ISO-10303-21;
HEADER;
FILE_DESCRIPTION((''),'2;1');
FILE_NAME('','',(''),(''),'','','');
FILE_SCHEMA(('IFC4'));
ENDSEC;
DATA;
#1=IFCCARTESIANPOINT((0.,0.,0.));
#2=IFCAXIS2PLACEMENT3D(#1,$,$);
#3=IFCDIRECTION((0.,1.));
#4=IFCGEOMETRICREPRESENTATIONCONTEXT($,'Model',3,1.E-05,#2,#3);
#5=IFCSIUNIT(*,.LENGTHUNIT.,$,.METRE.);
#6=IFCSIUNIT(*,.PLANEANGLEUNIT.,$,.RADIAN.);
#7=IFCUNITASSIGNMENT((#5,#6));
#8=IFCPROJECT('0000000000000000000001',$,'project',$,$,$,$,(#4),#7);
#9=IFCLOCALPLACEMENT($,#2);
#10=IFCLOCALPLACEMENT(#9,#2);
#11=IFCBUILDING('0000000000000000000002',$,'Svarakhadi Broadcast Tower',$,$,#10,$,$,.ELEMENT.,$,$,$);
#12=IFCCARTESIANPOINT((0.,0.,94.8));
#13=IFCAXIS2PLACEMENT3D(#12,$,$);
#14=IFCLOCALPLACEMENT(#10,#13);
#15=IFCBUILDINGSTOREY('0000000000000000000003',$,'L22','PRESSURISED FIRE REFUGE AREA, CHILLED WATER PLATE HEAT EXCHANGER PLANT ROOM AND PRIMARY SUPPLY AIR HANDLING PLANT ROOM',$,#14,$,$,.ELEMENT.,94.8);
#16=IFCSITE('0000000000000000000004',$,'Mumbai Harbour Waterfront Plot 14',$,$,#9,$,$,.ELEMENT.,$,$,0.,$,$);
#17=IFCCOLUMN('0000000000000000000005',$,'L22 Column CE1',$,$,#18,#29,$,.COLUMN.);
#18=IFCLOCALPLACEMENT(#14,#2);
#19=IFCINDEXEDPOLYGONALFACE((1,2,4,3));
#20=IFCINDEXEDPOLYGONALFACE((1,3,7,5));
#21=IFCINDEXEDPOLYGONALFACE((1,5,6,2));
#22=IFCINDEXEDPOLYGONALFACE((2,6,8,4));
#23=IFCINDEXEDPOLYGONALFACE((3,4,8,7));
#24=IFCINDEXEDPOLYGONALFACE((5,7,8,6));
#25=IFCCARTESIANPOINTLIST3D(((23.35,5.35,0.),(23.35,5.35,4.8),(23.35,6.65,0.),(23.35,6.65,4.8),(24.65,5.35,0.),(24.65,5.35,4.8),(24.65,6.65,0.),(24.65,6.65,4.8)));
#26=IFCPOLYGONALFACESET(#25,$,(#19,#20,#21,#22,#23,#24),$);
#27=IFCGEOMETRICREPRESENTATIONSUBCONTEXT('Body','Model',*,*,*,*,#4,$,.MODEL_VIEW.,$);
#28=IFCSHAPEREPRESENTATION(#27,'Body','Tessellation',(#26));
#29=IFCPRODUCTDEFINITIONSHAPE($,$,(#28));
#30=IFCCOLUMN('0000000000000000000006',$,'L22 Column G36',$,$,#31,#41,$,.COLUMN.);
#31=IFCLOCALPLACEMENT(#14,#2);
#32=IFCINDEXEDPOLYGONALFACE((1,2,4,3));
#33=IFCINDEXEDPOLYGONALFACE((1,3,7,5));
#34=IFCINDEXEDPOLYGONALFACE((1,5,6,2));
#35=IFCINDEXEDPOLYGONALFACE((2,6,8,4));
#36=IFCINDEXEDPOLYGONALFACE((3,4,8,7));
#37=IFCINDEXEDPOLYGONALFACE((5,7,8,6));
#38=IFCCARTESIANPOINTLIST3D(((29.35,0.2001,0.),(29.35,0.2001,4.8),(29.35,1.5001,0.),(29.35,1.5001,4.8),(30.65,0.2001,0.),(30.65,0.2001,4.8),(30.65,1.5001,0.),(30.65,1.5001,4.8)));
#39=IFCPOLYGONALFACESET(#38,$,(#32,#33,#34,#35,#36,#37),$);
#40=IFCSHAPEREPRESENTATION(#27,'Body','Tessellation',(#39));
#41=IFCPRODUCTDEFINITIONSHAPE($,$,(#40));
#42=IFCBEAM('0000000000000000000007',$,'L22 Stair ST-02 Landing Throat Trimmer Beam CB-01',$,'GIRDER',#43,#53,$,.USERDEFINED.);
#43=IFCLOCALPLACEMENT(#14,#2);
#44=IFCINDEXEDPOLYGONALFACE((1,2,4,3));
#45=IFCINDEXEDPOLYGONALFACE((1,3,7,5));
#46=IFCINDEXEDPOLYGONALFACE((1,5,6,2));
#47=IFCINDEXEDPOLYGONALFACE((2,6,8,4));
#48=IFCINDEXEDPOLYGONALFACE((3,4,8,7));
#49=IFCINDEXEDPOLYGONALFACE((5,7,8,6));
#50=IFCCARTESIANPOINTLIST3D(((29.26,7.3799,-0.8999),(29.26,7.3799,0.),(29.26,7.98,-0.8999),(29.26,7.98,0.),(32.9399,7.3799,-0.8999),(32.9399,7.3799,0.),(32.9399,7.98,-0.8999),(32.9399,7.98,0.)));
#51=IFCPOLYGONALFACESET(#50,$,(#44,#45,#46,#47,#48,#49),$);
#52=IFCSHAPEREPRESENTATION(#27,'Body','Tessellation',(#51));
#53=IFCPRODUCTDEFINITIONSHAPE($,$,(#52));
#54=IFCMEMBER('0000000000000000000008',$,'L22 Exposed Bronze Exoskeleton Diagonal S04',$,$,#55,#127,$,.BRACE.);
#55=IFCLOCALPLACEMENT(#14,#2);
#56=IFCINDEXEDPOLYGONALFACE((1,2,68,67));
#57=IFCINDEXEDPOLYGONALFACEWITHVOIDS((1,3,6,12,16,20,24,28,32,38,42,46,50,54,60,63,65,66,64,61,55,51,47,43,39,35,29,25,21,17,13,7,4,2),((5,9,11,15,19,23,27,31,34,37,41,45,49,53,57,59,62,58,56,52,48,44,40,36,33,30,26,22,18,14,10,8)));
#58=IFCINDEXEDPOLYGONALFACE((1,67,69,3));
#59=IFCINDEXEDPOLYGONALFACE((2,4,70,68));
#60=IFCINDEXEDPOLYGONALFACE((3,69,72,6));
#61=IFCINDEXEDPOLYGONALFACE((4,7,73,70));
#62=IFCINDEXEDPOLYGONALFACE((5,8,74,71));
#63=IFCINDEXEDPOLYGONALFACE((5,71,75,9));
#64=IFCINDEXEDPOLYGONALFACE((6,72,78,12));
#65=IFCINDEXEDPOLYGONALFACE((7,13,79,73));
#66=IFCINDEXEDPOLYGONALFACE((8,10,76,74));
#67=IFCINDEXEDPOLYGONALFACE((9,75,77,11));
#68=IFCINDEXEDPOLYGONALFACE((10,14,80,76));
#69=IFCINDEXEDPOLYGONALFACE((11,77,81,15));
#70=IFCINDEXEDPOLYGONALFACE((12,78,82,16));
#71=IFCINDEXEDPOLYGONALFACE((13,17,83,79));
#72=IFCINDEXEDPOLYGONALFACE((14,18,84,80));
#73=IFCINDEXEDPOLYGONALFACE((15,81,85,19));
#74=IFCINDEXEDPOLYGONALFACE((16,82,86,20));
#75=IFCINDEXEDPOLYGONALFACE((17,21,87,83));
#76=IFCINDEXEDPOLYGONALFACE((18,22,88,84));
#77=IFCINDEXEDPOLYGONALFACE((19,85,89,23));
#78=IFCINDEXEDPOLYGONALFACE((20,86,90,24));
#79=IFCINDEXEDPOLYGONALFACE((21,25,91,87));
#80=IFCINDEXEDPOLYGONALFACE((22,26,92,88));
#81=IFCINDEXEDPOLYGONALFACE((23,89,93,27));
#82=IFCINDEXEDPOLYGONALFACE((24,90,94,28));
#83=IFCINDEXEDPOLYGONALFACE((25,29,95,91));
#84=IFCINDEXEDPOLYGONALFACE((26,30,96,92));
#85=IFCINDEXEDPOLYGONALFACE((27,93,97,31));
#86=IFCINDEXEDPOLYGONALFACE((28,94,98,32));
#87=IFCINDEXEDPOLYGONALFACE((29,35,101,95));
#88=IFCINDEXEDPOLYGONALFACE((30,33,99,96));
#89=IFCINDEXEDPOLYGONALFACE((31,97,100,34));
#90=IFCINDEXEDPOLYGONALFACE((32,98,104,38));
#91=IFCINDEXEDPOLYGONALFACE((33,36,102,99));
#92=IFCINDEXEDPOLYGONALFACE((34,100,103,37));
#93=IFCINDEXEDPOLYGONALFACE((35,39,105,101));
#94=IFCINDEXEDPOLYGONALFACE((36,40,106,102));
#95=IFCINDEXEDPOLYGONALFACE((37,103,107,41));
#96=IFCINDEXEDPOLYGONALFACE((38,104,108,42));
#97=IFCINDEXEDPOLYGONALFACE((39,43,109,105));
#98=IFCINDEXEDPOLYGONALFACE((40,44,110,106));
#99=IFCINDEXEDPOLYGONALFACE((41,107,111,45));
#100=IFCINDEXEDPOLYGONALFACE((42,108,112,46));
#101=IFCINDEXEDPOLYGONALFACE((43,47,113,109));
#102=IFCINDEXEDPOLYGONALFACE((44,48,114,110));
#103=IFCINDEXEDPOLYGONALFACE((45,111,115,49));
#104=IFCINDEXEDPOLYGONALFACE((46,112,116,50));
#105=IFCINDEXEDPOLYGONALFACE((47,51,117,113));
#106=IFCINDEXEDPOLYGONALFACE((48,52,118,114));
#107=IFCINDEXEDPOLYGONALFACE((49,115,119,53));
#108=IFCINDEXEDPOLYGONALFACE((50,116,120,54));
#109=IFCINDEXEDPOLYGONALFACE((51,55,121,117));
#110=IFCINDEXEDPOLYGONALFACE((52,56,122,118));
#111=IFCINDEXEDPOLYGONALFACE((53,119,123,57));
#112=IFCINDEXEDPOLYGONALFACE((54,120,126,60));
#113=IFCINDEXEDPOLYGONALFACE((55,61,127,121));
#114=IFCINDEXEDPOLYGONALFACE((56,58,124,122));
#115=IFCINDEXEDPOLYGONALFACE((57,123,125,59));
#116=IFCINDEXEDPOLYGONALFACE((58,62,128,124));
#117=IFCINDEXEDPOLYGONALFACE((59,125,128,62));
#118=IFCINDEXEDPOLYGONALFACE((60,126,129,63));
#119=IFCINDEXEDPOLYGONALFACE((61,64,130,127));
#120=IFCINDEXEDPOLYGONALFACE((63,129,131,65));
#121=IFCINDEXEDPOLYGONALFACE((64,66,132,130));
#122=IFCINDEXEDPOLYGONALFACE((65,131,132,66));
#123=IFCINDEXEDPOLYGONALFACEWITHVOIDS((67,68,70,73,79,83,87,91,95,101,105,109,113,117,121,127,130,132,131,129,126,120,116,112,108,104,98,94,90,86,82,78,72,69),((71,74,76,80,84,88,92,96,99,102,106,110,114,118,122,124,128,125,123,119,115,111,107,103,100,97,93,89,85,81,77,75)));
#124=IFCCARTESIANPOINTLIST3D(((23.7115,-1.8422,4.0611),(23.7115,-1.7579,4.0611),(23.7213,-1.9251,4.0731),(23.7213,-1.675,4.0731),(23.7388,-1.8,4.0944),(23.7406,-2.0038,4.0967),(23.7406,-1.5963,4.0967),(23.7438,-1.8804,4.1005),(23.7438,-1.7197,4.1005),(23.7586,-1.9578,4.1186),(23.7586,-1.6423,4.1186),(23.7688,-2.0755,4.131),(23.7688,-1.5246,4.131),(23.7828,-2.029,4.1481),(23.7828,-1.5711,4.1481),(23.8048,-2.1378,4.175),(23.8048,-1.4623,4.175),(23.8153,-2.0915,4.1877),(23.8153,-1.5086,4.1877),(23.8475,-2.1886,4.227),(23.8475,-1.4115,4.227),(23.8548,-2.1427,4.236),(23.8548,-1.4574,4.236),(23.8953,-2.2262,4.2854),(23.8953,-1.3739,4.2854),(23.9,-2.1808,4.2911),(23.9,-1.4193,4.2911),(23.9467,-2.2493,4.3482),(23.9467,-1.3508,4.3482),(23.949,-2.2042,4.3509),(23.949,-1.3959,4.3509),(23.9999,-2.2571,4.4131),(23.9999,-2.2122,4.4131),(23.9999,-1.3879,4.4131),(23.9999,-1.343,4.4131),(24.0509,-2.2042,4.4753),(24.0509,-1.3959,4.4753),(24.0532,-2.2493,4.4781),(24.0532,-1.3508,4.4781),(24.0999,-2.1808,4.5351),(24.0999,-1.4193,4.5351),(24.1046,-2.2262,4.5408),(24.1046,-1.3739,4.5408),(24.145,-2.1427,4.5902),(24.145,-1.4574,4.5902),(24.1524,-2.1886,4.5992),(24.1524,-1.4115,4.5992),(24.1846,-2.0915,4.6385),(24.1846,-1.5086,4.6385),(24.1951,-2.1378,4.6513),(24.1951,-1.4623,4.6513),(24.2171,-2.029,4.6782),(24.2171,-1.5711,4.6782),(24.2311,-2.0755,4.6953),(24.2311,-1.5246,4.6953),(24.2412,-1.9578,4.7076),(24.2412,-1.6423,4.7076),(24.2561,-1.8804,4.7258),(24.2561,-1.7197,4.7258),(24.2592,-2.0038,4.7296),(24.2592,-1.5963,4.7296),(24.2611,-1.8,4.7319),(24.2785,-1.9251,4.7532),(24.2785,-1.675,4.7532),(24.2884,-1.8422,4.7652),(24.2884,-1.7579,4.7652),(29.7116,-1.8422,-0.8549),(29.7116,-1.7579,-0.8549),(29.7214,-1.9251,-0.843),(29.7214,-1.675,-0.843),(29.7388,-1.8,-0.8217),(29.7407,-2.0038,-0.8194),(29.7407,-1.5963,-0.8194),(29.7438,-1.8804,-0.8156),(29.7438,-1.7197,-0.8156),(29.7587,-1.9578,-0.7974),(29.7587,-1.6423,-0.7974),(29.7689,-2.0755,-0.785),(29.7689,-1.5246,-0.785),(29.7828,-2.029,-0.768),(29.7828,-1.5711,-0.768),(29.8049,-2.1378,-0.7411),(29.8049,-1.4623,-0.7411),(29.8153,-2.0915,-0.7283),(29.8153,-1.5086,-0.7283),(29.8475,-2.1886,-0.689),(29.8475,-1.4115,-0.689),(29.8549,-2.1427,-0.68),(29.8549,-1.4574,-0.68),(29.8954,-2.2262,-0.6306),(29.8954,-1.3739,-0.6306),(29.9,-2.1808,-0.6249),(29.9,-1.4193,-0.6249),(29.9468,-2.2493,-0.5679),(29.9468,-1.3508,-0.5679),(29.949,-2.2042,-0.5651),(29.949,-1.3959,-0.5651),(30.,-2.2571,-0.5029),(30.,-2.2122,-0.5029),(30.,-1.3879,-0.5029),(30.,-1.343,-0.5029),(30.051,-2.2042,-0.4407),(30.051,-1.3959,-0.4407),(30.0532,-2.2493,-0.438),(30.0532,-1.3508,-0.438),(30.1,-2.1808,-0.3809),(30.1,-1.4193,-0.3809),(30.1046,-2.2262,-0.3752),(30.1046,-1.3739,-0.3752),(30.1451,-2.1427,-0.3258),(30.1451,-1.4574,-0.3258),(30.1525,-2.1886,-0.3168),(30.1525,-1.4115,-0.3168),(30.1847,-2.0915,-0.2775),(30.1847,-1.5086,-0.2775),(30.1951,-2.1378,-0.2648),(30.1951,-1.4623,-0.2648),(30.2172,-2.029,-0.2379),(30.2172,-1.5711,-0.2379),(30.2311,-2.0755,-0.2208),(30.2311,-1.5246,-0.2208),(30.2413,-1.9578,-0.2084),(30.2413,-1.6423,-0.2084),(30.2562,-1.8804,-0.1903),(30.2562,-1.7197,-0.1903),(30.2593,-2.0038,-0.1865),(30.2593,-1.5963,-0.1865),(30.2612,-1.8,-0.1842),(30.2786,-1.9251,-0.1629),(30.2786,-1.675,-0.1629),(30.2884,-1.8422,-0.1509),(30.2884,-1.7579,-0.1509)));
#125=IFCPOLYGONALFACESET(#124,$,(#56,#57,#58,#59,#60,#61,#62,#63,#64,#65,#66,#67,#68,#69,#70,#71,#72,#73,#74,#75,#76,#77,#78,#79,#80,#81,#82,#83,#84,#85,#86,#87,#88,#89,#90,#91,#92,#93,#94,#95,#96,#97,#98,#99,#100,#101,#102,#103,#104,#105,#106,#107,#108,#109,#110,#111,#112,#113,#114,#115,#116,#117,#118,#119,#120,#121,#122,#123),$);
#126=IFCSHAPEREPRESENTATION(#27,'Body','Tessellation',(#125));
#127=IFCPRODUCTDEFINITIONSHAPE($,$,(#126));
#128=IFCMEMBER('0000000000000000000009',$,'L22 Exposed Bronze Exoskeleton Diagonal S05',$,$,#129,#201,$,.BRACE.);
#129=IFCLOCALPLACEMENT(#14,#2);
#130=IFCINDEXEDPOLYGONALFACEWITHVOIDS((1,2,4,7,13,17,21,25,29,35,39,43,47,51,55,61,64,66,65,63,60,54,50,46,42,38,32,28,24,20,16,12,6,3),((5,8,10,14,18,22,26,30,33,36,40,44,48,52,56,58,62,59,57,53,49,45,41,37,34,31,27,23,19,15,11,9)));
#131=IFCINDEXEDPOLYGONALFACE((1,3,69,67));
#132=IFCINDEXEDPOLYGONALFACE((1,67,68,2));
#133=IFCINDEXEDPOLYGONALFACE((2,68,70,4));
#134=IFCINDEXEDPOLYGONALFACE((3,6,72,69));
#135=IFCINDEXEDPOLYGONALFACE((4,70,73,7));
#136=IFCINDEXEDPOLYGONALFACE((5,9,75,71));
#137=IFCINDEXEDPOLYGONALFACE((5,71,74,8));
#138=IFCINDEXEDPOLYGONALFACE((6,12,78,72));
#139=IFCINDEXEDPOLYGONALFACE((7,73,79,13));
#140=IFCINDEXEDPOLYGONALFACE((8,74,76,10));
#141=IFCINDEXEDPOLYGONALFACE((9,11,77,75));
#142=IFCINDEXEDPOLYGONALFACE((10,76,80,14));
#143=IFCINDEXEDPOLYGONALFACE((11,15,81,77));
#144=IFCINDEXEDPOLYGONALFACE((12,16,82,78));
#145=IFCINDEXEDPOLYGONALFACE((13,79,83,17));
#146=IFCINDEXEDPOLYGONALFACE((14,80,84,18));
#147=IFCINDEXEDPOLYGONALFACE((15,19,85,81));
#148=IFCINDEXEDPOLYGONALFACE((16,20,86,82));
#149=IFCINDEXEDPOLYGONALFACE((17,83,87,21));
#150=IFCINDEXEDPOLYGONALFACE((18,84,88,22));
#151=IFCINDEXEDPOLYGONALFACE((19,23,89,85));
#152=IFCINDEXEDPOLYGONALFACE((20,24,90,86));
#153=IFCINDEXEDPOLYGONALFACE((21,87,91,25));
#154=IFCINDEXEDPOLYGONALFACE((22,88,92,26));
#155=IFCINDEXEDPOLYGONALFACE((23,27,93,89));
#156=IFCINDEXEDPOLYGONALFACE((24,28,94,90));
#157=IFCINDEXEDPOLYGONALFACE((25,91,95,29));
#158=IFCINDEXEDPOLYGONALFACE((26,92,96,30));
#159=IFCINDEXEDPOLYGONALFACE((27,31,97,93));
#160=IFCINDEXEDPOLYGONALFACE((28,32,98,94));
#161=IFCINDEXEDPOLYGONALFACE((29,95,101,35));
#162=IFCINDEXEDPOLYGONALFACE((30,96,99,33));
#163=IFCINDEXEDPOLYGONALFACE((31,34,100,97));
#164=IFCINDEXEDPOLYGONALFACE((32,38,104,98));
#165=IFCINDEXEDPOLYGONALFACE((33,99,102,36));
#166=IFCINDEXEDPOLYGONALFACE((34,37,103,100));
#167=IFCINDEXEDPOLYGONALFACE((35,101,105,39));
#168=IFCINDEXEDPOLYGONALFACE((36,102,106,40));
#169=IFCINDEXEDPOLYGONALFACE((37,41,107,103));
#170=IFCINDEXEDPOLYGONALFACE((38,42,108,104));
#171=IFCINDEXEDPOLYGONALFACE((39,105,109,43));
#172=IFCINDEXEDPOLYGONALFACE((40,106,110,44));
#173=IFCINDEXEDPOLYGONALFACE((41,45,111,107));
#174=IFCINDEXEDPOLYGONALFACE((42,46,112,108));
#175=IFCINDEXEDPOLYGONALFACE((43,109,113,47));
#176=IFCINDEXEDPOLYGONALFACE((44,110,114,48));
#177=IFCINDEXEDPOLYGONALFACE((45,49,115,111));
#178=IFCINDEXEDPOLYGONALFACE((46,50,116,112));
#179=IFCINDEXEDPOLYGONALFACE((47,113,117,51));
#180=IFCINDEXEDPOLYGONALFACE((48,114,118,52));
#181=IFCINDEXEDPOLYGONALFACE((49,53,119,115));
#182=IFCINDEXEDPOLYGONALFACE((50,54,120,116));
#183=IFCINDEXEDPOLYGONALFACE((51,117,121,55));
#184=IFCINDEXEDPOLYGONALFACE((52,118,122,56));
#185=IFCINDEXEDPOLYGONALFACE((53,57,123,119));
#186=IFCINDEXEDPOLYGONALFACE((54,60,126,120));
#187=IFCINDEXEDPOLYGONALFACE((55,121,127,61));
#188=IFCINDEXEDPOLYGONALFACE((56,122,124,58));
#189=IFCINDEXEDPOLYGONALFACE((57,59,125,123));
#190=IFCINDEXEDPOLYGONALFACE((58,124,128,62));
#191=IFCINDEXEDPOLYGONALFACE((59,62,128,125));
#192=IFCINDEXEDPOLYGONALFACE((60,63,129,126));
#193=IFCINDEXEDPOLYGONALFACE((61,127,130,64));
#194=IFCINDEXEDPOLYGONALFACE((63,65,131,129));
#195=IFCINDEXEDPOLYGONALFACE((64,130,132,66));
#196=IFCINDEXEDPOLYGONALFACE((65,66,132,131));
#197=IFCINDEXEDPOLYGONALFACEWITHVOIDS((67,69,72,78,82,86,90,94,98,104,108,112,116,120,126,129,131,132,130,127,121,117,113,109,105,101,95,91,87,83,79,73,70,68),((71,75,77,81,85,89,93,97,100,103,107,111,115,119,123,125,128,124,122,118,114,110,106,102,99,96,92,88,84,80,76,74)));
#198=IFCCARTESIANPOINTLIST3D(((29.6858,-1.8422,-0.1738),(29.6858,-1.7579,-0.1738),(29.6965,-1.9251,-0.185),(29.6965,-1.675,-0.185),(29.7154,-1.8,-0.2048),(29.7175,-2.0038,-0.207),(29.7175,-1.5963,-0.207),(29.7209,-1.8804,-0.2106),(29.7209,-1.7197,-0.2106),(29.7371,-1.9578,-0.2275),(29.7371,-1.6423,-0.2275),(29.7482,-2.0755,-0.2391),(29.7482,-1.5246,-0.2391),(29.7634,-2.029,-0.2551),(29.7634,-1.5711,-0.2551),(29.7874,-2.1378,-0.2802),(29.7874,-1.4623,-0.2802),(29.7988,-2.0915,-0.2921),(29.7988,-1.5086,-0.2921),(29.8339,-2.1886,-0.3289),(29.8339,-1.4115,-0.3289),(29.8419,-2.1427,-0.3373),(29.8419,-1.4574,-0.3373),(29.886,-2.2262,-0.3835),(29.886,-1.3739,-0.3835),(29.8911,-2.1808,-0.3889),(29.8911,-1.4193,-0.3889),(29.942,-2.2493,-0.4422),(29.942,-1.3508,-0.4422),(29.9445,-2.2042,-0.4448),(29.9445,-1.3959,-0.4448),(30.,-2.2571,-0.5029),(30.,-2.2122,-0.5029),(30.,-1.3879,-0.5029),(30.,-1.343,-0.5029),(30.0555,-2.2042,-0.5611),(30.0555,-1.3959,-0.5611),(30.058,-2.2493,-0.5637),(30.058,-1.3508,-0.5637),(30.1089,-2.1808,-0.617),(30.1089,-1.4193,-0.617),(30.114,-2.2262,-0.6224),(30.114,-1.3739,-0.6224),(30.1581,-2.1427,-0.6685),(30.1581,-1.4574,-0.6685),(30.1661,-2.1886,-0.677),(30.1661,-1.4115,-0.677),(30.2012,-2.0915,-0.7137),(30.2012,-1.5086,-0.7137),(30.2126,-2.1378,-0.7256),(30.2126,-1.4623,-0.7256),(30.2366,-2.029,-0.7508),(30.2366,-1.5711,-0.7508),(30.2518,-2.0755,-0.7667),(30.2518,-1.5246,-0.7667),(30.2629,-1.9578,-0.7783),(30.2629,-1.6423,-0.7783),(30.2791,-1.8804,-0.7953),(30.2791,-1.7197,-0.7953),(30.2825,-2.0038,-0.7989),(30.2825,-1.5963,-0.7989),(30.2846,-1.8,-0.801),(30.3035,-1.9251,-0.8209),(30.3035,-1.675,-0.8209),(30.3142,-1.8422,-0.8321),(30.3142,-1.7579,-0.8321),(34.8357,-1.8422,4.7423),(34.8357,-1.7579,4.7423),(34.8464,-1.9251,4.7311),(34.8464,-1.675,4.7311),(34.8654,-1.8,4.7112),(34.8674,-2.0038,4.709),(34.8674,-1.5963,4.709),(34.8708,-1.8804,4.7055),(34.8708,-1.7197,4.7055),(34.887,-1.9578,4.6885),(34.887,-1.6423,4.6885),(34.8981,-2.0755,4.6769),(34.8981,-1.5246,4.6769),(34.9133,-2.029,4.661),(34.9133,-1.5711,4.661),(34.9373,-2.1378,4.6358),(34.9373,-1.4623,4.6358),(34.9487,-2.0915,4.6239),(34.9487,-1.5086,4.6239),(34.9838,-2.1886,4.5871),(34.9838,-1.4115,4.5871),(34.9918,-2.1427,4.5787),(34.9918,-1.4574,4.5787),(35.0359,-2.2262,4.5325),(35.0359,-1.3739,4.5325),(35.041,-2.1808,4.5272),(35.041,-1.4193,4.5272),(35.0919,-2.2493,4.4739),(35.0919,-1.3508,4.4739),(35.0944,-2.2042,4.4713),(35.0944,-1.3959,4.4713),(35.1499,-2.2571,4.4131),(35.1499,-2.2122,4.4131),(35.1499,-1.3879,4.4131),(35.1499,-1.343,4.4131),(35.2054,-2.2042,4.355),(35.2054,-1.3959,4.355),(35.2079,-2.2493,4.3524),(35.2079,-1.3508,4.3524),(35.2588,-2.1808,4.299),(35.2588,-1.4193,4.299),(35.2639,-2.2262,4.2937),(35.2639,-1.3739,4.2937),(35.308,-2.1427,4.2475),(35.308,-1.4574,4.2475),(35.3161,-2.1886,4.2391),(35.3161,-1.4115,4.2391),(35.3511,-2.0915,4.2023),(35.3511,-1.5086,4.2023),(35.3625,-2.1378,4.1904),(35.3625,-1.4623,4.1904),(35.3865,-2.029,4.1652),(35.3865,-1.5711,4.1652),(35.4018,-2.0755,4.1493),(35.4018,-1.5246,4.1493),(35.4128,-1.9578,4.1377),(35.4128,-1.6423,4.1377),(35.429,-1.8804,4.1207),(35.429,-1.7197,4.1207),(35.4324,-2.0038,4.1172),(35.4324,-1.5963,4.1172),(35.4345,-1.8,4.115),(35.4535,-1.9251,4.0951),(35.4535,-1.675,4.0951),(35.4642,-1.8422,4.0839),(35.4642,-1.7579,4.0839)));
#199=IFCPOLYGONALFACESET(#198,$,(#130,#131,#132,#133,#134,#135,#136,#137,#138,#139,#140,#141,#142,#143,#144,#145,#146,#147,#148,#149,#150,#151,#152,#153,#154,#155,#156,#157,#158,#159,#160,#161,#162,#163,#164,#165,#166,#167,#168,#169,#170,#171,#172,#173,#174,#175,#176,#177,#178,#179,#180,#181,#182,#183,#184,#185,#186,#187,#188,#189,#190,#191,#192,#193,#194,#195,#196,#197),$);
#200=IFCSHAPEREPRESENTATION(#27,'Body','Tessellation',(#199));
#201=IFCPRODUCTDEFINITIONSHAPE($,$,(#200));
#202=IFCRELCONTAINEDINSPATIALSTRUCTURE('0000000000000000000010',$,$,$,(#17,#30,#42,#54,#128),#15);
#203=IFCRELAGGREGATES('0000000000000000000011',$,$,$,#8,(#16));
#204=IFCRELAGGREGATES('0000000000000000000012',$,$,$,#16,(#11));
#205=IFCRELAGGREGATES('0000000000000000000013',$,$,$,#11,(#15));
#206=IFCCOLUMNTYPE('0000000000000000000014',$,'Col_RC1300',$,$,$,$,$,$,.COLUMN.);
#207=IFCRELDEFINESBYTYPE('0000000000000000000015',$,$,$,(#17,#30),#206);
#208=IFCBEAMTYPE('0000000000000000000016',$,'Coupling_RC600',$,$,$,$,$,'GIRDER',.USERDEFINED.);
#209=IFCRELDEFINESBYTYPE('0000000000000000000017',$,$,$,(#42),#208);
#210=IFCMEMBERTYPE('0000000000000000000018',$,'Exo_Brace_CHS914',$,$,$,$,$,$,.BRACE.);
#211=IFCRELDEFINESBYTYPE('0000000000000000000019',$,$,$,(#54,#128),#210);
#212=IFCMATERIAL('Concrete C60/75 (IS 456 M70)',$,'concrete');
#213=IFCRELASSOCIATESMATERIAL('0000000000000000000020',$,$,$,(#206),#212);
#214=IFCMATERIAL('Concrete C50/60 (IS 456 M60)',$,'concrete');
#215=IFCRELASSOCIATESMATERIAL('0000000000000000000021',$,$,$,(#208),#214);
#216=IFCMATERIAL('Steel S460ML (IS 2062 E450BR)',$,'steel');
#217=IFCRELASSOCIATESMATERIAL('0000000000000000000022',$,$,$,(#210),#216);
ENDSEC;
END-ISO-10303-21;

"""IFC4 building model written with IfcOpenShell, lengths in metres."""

from ifc_helpers import new_model, si_unit, direction, frame, origin, origin_2d, place, context, subcontext, project, spatial, rectangle, hollow_circle, extrude, material, material_profile, profile_set, type_object, element, save


model = new_model("IFC4")

# Units and contexts
model_context = context("Model", 3, precision=1e-05, world=origin(), true_north=direction((0.0, 1.0)))
body_context = subcontext(model_context, "Body", "Model", "MODEL_VIEW")
ifc_project = project(units=[si_unit("LENGTHUNIT", "METRE"), si_unit("PLANEANGLEUNIT", "RADIAN")], contexts=[model_context])

# Site, building, storey
site_placement = place(None, origin())
site = spatial("IfcSite", under=ifc_project, at=site_placement, Name="Mumbai Harbour Waterfront Plot 14", CompositionType="ELEMENT", RefElevation=0.0)
building_placement = place(site_placement, origin())
building = spatial("IfcBuilding", under=site, at=building_placement, Name="Svarakhadi Broadcast Tower", CompositionType="ELEMENT")
storey_placement = place(building_placement, frame((0.0, 0.0, 94.8)))
storey = spatial("IfcBuildingStorey", under=building, at=storey_placement, Name="L22", Description="PRESSURISED FIRE REFUGE AREA, CHILLED WATER PLATE HEAT EXCHANGER PLANT ROOM AND PRIMARY SUPPLY AIR HANDLING PLANT ROOM", CompositionType="ELEMENT", Elevation=94.8)

# Columns
ifc_material_1 = material(Name="Concrete C60/75 (IS 456 M70)", Category="concrete")
ifc_material_profile_1 = material_profile(ifc_material_1, rectangle(XDim=1.3, YDim=1.3, at=origin_2d()), Name="RC 1300x1300")
ifc_profile_set_1 = profile_set([ifc_material_profile_1], Name="Concrete C60/75 (IS 456 M70)")
column_type = type_object("IfcColumnType", Name="Col_RC1300", PredefinedType="COLUMN", material=ifc_profile_set_1)
for number, where, z_axis, x_axis, name in (
    (1, (24.0, 6.0, 0.0), (0.0, 0.0, 1.0), (1.0, 0.0, 0.0), "L22 Column CE1"),
    (2, (30.0, 0.8501, 0.0), (0.0, 0.0, 1.0), (1.0, 0.0, 0.0), "L22 Column G36"),
):
    element("IfcColumn", number, at=place(storey_placement, frame(where, z_axis=z_axis, x_axis=x_axis)), inside=storey, type_object=column_type, Name=name, PredefinedType="COLUMN", context=body_context, shape_type="SweptSolid", body=[
        extrude(rectangle(XDim=1.3, YDim=1.3, at=origin_2d()), origin(), (0.0, 0.0, 1.0), 4.8),
    ])

# Beam
ifc_material_2 = material(Name="Concrete C50/60 (IS 456 M60)", Category="concrete")
ifc_material_profile_2 = material_profile(ifc_material_2, rectangle(XDim=0.6001, YDim=0.8999, at=origin_2d()), Name="RC 600x900")
ifc_profile_set_2 = profile_set([ifc_material_profile_2], Name="Concrete C50/60 (IS 456 M60)")
beam_type_1 = type_object("IfcBeamType", Name="Coupling_RC600", ElementType="GIRDER", PredefinedType="USERDEFINED", material=ifc_profile_set_2)
beam_1_placement = place(storey_placement, frame((29.26, 7.6799, -0.45), z_axis=(1.0, 0.0, 0.0), x_axis=(0.0, 1.0, 0.0)))
element("IfcBeam", 3, at=beam_1_placement, inside=storey, type_object=beam_type_1, Name="L22 Stair ST-02 Landing Throat Trimmer Beam CB-01", ObjectType="GIRDER", PredefinedType="USERDEFINED", context=body_context, shape_type="SweptSolid", body=[
    extrude(rectangle(XDim=0.6001, YDim=0.8999, at=origin_2d()), origin(), (0.0, 0.0, 1.0), 3.6799),
])

# Members
ifc_material_3 = material(Name="Steel S460ML (IS 2062 E450BR)", Category="steel")
ifc_material_profile_3 = material_profile(ifc_material_3, hollow_circle(Radius=0.457, WallThickness=0.0449, at=origin_2d()), Name="CHS 914x45")
ifc_profile_set_3 = profile_set([ifc_material_profile_3], Name="Steel S460ML (IS 2062 E450BR)")
member_type_1 = type_object("IfcMemberType", Name="Exo_Brace_CHS914", PredefinedType="BRACE", material=ifc_profile_set_3)
member_1_placement = place(storey_placement, frame((30.0, -1.8, -0.5029), z_axis=(-0.77352, 0.0, 0.633772), x_axis=(0.0, -1.0, 0.0)))
element("IfcMember", 4, at=member_1_placement, inside=storey, type_object=member_type_1, Name="L22 Exposed Bronze Exoskeleton Diagonal S04", PredefinedType="BRACE", context=body_context, shape_type="SweptSolid", body=[
    extrude(hollow_circle(Radius=0.457, WallThickness=0.0449, at=origin_2d()), origin(), (0.0, 0.0, 1.0), 7.7568),
])
member_2_placement = place(storey_placement, frame((30.0, -1.8, -0.5029), z_axis=(0.723342, 0.0, 0.69049), x_axis=(0.0, 1.0, 0.0)))
element("IfcMember", 5, at=member_2_placement, inside=storey, type_object=member_type_1, Name="L22 Exposed Bronze Exoskeleton Diagonal S05", PredefinedType="BRACE", context=body_context, shape_type="SweptSolid", body=[
    extrude(hollow_circle(Radius=0.457, WallThickness=0.0449, at=origin_2d()), origin(), (0.0, 0.0, 1.0), 7.1196),
])

save(model, "model.ifc")
